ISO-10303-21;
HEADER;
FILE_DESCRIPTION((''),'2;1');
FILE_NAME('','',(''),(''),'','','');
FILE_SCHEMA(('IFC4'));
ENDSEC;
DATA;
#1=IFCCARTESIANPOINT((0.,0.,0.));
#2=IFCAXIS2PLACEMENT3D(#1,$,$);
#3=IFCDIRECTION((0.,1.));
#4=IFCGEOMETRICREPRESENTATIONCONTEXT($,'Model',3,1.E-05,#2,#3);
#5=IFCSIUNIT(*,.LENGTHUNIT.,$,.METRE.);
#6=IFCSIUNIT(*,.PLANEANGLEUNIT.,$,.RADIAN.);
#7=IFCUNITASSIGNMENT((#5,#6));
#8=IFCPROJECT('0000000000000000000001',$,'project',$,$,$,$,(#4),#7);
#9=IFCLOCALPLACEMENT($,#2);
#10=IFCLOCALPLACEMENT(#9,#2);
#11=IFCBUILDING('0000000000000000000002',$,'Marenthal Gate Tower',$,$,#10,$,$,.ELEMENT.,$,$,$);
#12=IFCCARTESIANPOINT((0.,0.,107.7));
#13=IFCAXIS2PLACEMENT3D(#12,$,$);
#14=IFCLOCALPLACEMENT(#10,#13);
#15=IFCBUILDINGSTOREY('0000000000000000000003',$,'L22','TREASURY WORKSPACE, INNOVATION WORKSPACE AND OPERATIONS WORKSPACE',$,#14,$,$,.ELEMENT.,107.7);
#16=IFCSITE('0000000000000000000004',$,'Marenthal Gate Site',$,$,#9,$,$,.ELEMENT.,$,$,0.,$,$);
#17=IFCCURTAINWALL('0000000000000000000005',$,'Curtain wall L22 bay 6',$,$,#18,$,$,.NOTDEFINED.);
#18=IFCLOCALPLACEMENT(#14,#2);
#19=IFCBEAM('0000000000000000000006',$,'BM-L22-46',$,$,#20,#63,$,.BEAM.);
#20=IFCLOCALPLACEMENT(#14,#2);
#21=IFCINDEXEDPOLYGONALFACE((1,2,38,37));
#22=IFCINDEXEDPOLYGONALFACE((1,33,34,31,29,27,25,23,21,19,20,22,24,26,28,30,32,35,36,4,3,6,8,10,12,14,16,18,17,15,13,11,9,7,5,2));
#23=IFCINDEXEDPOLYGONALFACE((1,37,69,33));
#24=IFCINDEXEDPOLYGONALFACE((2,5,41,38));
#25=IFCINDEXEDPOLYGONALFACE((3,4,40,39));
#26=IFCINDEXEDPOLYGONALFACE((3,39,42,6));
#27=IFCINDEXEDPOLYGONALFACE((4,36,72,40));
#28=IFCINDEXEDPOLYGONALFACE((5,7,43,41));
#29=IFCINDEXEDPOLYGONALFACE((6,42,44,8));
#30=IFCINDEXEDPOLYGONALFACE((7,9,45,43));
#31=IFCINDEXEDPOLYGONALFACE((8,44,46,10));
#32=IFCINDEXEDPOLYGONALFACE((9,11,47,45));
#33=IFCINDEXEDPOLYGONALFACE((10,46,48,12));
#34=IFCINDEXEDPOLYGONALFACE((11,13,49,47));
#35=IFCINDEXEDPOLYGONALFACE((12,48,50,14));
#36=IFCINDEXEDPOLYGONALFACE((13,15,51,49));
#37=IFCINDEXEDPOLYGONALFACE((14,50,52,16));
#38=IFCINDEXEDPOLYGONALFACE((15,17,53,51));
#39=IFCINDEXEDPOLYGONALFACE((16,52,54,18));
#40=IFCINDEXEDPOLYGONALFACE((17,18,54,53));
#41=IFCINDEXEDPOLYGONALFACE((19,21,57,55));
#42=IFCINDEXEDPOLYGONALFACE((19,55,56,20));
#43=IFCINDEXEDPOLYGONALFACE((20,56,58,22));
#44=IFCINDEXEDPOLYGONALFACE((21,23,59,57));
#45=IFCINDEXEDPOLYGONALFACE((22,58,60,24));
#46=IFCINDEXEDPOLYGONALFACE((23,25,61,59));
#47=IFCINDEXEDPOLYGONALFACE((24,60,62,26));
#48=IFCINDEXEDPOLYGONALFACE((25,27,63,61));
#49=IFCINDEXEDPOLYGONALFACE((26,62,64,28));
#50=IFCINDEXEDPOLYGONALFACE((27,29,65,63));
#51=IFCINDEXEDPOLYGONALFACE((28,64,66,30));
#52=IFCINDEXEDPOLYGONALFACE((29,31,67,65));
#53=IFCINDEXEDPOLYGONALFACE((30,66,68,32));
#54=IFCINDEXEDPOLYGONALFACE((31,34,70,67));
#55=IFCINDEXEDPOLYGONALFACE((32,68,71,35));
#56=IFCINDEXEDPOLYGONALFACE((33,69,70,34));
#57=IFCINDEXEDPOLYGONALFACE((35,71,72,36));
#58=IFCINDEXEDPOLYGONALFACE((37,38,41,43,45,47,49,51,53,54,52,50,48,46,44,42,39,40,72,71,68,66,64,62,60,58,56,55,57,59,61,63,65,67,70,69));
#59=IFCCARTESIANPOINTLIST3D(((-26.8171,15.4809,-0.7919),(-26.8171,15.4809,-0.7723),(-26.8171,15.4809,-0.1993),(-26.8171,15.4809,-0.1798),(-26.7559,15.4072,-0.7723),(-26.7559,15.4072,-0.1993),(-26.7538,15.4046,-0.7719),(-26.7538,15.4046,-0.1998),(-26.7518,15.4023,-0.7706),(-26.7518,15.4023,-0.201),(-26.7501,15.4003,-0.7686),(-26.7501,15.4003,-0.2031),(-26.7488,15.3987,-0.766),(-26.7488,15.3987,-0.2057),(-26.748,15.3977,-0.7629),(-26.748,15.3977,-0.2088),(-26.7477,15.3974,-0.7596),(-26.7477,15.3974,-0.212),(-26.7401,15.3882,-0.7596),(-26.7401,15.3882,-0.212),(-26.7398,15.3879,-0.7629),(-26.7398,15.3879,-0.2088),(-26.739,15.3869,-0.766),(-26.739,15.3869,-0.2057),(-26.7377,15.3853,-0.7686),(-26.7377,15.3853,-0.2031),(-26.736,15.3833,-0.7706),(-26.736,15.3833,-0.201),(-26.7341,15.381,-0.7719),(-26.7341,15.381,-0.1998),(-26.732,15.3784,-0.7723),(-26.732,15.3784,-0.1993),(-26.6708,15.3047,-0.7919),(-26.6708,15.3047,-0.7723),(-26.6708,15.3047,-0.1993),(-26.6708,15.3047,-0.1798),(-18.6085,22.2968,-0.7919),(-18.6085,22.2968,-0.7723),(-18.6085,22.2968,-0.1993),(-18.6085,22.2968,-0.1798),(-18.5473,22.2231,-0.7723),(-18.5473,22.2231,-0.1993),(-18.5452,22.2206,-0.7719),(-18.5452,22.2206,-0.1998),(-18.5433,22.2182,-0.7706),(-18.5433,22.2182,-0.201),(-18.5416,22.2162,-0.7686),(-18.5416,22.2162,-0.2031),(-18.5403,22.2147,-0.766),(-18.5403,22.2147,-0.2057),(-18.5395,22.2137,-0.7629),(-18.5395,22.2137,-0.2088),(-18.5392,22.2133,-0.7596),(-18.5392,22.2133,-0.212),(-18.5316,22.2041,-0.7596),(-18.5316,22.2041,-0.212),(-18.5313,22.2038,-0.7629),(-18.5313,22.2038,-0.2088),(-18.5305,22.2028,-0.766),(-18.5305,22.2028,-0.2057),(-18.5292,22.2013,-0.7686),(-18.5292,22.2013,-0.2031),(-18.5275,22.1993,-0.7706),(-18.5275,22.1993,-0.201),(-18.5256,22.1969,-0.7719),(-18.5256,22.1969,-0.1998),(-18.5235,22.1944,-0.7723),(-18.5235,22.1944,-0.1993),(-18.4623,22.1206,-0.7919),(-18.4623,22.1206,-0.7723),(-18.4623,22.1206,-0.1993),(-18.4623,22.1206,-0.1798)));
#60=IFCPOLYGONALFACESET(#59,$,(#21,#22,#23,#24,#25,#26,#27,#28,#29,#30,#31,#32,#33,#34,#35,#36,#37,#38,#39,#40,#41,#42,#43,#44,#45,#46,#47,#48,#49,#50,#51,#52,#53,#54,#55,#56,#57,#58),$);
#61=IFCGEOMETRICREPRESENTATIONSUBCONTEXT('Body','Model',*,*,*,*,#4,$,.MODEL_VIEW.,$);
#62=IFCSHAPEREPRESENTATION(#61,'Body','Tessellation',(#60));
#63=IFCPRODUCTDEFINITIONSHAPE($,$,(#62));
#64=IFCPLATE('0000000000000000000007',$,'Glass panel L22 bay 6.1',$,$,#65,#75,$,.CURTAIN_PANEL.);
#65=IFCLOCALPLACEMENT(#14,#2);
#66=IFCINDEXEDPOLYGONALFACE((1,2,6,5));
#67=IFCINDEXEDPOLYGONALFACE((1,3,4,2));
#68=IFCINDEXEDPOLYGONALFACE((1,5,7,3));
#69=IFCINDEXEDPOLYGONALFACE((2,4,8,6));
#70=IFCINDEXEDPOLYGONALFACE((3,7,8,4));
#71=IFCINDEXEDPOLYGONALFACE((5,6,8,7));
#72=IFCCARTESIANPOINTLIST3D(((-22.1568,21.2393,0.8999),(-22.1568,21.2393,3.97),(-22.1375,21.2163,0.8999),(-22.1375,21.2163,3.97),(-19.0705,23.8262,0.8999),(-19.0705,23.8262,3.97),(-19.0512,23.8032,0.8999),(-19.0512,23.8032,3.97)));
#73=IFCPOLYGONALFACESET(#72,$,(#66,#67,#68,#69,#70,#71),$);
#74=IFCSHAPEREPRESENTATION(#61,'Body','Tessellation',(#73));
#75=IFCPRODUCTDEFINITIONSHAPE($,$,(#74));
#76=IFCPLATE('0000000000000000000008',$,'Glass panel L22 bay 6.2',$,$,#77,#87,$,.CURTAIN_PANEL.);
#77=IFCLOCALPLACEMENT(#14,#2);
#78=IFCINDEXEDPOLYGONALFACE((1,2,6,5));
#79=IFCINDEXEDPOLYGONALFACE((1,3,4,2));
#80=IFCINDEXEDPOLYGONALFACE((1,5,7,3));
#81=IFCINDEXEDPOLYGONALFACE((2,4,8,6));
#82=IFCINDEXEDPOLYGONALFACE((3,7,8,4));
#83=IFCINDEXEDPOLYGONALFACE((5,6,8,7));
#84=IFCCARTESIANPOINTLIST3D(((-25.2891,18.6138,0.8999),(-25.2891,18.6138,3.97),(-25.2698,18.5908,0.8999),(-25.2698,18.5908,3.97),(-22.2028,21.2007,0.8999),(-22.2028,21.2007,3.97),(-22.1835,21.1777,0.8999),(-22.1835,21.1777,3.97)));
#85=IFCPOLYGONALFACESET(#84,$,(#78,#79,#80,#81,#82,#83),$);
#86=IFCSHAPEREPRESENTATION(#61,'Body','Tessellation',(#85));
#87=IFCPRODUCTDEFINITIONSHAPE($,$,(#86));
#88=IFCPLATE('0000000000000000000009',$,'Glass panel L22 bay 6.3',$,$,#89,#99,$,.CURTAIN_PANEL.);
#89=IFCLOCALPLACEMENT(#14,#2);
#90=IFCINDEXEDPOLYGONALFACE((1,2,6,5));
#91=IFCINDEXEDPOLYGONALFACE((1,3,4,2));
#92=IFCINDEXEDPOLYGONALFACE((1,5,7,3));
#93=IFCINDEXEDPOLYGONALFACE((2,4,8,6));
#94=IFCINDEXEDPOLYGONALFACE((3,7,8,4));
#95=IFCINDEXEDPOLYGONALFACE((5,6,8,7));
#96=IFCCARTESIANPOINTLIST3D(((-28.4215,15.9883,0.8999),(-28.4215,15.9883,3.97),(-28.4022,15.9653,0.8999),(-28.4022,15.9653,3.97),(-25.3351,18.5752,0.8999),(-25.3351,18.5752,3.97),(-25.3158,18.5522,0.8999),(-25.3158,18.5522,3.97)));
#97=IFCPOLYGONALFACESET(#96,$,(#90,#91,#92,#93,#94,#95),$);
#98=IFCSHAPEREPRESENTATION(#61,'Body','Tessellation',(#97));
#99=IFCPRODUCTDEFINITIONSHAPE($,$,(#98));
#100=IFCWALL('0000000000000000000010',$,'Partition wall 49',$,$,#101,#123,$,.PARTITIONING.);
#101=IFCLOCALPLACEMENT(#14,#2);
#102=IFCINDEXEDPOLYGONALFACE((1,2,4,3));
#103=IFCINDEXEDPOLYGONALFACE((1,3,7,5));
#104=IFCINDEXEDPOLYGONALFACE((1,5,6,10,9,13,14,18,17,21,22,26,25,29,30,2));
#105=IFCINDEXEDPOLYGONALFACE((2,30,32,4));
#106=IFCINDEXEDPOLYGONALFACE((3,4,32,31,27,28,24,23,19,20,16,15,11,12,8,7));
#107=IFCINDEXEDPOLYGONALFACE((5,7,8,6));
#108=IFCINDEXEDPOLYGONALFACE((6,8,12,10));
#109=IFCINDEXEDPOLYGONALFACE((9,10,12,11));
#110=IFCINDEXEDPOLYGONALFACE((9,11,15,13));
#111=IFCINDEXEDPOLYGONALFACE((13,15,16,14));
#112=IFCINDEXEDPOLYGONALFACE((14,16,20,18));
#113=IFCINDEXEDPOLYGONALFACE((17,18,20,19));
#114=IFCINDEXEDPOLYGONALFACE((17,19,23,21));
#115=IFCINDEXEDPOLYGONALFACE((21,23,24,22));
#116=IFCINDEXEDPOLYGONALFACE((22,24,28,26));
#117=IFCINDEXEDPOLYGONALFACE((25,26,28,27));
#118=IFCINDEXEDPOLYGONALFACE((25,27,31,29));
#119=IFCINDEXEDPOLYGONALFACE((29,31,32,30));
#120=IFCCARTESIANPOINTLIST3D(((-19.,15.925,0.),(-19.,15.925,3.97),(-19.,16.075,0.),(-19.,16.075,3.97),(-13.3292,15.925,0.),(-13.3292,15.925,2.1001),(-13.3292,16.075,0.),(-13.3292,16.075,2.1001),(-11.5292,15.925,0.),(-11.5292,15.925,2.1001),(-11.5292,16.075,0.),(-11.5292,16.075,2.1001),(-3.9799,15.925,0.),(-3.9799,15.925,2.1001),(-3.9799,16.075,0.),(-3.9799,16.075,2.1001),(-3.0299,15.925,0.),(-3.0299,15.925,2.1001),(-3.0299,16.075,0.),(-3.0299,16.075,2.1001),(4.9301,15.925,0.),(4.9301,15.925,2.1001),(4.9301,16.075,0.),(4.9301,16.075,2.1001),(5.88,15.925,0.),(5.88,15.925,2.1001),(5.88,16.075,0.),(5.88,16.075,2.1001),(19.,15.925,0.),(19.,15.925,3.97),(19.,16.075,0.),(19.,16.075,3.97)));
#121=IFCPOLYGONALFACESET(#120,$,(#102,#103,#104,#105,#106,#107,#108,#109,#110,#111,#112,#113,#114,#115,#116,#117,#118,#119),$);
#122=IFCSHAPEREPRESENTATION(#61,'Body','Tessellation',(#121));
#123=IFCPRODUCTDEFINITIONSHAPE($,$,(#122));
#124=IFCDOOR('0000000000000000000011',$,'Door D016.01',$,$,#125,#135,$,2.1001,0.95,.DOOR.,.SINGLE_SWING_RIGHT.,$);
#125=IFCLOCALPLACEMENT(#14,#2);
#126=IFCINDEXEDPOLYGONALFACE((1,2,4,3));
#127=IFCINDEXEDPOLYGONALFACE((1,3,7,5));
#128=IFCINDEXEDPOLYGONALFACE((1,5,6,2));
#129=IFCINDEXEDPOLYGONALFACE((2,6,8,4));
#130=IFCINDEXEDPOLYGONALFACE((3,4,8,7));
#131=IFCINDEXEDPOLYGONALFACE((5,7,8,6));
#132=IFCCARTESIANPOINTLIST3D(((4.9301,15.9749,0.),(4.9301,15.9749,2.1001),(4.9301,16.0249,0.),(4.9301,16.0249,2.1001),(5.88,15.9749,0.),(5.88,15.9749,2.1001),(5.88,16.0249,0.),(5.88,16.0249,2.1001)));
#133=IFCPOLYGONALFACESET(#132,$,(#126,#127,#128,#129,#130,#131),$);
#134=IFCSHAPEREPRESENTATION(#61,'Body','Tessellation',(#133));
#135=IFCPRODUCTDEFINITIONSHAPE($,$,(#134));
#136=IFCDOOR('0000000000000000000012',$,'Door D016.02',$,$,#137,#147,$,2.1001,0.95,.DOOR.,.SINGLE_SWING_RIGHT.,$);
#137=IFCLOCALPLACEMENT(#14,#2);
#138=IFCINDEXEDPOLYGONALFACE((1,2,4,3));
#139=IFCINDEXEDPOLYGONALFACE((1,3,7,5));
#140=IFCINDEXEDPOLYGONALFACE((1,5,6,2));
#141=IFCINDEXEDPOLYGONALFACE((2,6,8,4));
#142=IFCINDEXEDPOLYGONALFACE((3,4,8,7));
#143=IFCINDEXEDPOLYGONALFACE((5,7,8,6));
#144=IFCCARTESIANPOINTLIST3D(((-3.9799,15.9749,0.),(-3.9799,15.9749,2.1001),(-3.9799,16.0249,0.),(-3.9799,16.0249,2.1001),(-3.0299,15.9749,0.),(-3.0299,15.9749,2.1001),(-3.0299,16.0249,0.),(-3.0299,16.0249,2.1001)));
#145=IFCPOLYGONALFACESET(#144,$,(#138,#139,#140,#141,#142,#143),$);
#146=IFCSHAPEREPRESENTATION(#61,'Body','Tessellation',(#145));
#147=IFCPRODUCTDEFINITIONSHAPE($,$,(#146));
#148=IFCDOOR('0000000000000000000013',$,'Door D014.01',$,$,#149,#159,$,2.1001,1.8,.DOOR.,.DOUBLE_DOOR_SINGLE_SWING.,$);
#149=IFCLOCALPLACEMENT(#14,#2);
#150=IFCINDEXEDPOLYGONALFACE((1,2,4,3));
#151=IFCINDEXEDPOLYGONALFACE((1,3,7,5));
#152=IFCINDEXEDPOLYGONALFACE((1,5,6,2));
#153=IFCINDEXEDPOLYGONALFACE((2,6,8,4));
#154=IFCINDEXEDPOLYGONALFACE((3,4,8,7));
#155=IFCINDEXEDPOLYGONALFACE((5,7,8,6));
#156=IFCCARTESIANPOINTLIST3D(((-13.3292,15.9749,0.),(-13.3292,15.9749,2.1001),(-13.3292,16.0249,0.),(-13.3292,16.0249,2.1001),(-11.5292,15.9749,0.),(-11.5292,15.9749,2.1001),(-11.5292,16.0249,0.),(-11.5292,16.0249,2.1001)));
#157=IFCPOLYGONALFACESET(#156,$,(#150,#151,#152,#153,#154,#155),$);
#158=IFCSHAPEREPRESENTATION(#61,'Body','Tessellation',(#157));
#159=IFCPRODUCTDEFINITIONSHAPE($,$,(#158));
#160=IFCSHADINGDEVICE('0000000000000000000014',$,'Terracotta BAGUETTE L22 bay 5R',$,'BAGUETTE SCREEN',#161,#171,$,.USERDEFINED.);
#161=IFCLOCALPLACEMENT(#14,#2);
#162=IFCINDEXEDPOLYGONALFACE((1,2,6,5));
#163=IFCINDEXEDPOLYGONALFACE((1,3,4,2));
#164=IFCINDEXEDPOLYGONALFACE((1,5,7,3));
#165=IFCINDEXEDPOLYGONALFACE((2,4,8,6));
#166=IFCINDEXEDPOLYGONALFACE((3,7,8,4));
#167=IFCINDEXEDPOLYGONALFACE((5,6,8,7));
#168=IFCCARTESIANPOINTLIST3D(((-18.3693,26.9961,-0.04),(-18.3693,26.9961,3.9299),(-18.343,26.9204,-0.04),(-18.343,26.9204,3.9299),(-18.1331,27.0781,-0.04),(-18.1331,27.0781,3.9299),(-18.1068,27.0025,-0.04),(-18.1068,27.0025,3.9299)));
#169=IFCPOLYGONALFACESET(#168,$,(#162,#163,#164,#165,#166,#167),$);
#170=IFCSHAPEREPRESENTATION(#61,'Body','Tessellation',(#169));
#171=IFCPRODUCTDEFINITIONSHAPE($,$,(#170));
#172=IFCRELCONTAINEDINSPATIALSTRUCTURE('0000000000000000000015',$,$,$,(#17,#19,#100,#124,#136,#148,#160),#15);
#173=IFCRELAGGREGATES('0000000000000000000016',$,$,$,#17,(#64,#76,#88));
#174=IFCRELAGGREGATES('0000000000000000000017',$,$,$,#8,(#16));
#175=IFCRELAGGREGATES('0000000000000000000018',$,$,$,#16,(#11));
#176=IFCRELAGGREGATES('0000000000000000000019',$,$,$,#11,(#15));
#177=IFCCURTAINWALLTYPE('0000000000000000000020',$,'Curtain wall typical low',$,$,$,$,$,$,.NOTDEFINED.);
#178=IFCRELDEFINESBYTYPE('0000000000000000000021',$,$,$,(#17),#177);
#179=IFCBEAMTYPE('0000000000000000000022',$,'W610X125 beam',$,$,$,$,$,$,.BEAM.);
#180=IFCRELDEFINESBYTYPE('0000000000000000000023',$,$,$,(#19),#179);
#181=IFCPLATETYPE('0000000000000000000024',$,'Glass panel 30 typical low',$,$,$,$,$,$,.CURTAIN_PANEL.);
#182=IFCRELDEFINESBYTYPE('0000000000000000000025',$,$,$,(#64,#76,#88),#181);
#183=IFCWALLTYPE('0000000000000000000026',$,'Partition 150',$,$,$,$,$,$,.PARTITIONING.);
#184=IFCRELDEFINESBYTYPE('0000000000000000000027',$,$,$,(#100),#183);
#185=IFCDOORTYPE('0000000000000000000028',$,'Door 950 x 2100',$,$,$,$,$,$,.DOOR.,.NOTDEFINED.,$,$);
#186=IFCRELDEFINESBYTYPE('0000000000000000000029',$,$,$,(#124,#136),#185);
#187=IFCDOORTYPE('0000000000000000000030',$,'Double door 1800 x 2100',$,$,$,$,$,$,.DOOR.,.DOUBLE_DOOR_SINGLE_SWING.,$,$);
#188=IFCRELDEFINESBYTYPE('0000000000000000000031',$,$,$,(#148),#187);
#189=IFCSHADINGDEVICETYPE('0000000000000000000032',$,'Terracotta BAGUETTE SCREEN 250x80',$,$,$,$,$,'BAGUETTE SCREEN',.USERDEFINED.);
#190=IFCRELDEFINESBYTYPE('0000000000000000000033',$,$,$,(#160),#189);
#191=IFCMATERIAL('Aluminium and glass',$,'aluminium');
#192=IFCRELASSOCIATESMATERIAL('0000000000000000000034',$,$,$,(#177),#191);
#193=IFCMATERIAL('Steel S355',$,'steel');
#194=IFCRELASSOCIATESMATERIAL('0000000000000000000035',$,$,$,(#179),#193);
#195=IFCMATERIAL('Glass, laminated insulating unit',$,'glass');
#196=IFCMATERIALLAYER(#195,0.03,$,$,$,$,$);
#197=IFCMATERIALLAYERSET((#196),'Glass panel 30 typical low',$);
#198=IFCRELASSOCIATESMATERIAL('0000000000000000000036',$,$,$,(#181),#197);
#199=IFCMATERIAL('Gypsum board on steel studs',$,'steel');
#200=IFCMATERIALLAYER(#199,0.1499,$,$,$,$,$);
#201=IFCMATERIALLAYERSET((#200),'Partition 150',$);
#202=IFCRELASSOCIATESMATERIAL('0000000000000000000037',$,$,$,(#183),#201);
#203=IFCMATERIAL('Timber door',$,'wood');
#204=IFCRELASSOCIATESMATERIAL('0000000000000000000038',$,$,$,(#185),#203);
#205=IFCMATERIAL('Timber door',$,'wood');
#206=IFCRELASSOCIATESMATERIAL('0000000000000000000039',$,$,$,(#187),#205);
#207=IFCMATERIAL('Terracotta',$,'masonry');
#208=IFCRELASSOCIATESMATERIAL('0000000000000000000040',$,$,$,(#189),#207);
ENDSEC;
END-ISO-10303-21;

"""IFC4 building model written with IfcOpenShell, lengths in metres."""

from ifc_helpers import new_model, si_unit, direction, frame, frame_2d, origin, origin_2d, place, context, subcontext, project, spatial, rectangle, i_section, extrude, material, layer, layer_set, material_profile, profile_set, type_object, element, fill, aggregate, save


model = new_model("IFC4")

# Units and contexts
model_context = context("Model", 3, precision=1e-05, world=origin(), true_north=direction((0.0, 1.0)))
body_context = subcontext(model_context, "Body", "Model", "MODEL_VIEW")
ifc_project = project(units=[si_unit("LENGTHUNIT", "METRE"), si_unit("PLANEANGLEUNIT", "RADIAN")], contexts=[model_context])

# Site, building, storey
site_placement = place(None, origin())
site = spatial("IfcSite", under=ifc_project, at=site_placement, Name="Marenthal Gate Site", CompositionType="ELEMENT", RefElevation=0.0)
building_placement = place(site_placement, origin())
building = spatial("IfcBuilding", under=site, at=building_placement, Name="Marenthal Gate Tower", CompositionType="ELEMENT")
storey_placement = place(building_placement, frame((0.0, 0.0, 107.7)))
storey = spatial("IfcBuildingStorey", under=building, at=storey_placement, Name="L22", Description="TREASURY WORKSPACE, INNOVATION WORKSPACE AND OPERATIONS WORKSPACE", CompositionType="ELEMENT", Elevation=107.7)

# Curtain wall
ifc_material_1 = material(Name="Aluminium and glass", Category="aluminium")
curtain_wall_type = type_object("IfcCurtainWallType", Name="Curtain wall typical low", PredefinedType="NOTDEFINED", material=ifc_material_1)
curtain_wall_placement = place(storey_placement, origin())
curtain_wall = element("IfcCurtainWall", 1, at=curtain_wall_placement, inside=storey, type_object=curtain_wall_type, Name="Curtain wall L22 bay 6", PredefinedType="NOTDEFINED")

# Beam
ifc_material_2 = material(Name="Steel S355", Category="steel")
ifc_material_profile_1 = material_profile(ifc_material_2, i_section(OverallWidth=0.229, OverallDepth=0.6121, WebThickness=0.012, FlangeThickness=0.0195, FilletRadius=0.0127, at=origin_2d()), Name="W610X125")
ifc_profile_set_1 = profile_set([ifc_material_profile_1], Name="Steel S355")
beam_type_1 = type_object("IfcBeamType", Name="W610X125 beam", PredefinedType="BEAM", material=ifc_profile_set_1)
beam_1_placement = place(storey_placement, frame((-18.5354, 22.2087, -0.4858), z_axis=(-0.769349, -0.638828, 0.0), x_axis=(0.638828, -0.769349, 0.0)))
element("IfcBeam", 2, at=beam_1_placement, inside=storey, type_object=beam_type_1, Name="BM-L22-46", PredefinedType="BEAM", context=body_context, shape_type="SweptSolid", body=[
    extrude(i_section(OverallWidth=0.229, OverallDepth=0.6121, WebThickness=0.012, FlangeThickness=0.0195, FilletRadius=0.0127, at=origin_2d()), origin(), (0.0, 0.0, 1.0), 10.6694),
])

# Plates
ifc_material_3 = material(Name="Glass, laminated insulating unit", Category="glass")
ifc_layer_1 = layer(ifc_material_3, 0.03)
ifc_layer_set_1 = layer_set([ifc_layer_1], Name="Glass panel 30 typical low")
plate_type = type_object("IfcPlateType", Name="Glass panel 30 typical low", PredefinedType="CURTAIN_PANEL", material=ifc_layer_set_1)
plate_1_placement = place(storey_placement, frame((-20.604, 22.5212, 0.8999), z_axis=(0.0, 0.0, 1.0), x_axis=(-0.766389, -0.642377, 0.0)))
plate_1 = element("IfcPlate", 3, at=plate_1_placement, type_object=plate_type, Name="Glass panel L22 bay 6.1", PredefinedType="CURTAIN_PANEL", context=body_context, shape_type="SweptSolid", body=[
    extrude(rectangle(XDim=4.0271, YDim=0.03, at=origin_2d()), origin(), (0.0, 0.0, 1.0), 3.0701),
])
plate_2_placement = place(storey_placement, frame((-23.7363, 19.8958, 0.8999), z_axis=(0.0, 0.0, 1.0), x_axis=(-0.766389, -0.642377, 0.0)))
plate_2 = element("IfcPlate", 4, at=plate_2_placement, type_object=plate_type, Name="Glass panel L22 bay 6.2", PredefinedType="CURTAIN_PANEL", context=body_context, shape_type="SweptSolid", body=[
    extrude(rectangle(XDim=4.0271, YDim=0.03, at=origin_2d()), origin(), (0.0, 0.0, 1.0), 3.0701),
])
plate_3_placement = place(storey_placement, frame((-26.8687, 17.2703, 0.8999), z_axis=(0.0, 0.0, 1.0), x_axis=(-0.766389, -0.642377, 0.0)))
plate_3 = element("IfcPlate", 5, at=plate_3_placement, type_object=plate_type, Name="Glass panel L22 bay 6.3", PredefinedType="CURTAIN_PANEL", context=body_context, shape_type="SweptSolid", body=[
    extrude(rectangle(XDim=4.0271, YDim=0.03, at=origin_2d()), origin(), (0.0, 0.0, 1.0), 3.0701),
])
aggregate(curtain_wall, [plate_1, plate_2, plate_3])

# Wall, openings, doors
ifc_material_4 = material(Name="Gypsum board on steel studs", Category="steel")
ifc_layer_2 = layer(ifc_material_4, 0.1499)
ifc_layer_set_2 = layer_set([ifc_layer_2], Name="Partition 150")
wall_type_1 = type_object("IfcWallType", Name="Partition 150", PredefinedType="PARTITIONING", material=ifc_layer_set_2)
wall_1_placement = place(storey_placement, frame((-19.0, 16.0, 0.0), z_axis=(0.0, 0.0, 1.0), x_axis=(1.0, 0.0, 0.0)))
wall_1 = element("IfcWall", 6, at=wall_1_placement, inside=storey, type_object=wall_type_1, Name="Partition wall 49", PredefinedType="PARTITIONING", context=body_context, shape_type="SweptSolid", body=[
    extrude(rectangle(XDim=38.0, YDim=0.1499, at=frame_2d((19.0, 0.0))), origin(), (0.0, 0.0, 1.0), 3.97),
])
opening_1_placement = place(wall_1_placement, frame((23.9299, 0.0, 0.0)))
opening_1 = element("IfcOpeningElement", 7, at=opening_1_placement, cuts=wall_1, PredefinedType="OPENING", context=body_context, shape_type="SweptSolid", body=[
    extrude(rectangle(XDim=0.95, YDim=2.1001, at=frame_2d((0.4751, 1.05))), frame((0.0, 0.085, 0.0), z_axis=(0.0, -1.0, 0.0), x_axis=(1.0, 0.0, 0.0)), (0.0, 0.0, 1.0), 0.1699),
])
opening_2_placement = place(wall_1_placement, frame((15.02, 0.0, 0.0)))
opening_2 = element("IfcOpeningElement", 8, at=opening_2_placement, cuts=wall_1, PredefinedType="OPENING", context=body_context, shape_type="SweptSolid", body=[
    extrude(rectangle(XDim=0.95, YDim=2.1001, at=frame_2d((0.4751, 1.05))), frame((0.0, 0.085, 0.0), z_axis=(0.0, -1.0, 0.0), x_axis=(1.0, 0.0, 0.0)), (0.0, 0.0, 1.0), 0.1699),
])
opening_3_placement = place(wall_1_placement, frame((5.6709, 0.0, 0.0)))
opening_3 = element("IfcOpeningElement", 9, at=opening_3_placement, cuts=wall_1, PredefinedType="OPENING", context=body_context, shape_type="SweptSolid", body=[
    extrude(rectangle(XDim=1.8, YDim=2.1001, at=frame_2d((0.8999, 1.05))), frame((0.0, 0.085, 0.0), z_axis=(0.0, -1.0, 0.0), x_axis=(1.0, 0.0, 0.0)), (0.0, 0.0, 1.0), 0.1699),
])
ifc_material_5 = material(Name="Timber door", Category="wood")
door_type_1 = type_object("IfcDoorType", Name="Door 950 x 2100", OperationType="NOTDEFINED", PredefinedType="DOOR", material=ifc_material_5)
door_1_placement = place(opening_1_placement, origin())
door_1 = element("IfcDoor", 10, at=door_1_placement, inside=storey, type_object=door_type_1, Name="Door D016.01", OperationType="SINGLE_SWING_RIGHT", OverallHeight=2.1001, OverallWidth=0.95, PredefinedType="DOOR", context=body_context, shape_type="SweptSolid", body=[
    extrude(rectangle(XDim=0.95, YDim=2.1001, at=frame_2d((0.4751, 1.05))), frame((0.0, 0.0249, 0.0), z_axis=(0.0, -1.0, 0.0), x_axis=(1.0, 0.0, 0.0)), (0.0, 0.0, 1.0), 0.05),
])
fill(opening_1, door_1)
door_2_placement = place(opening_2_placement, origin())
door_2 = element("IfcDoor", 11, at=door_2_placement, inside=storey, type_object=door_type_1, Name="Door D016.02", OperationType="SINGLE_SWING_RIGHT", OverallHeight=2.1001, OverallWidth=0.95, PredefinedType="DOOR", context=body_context, shape_type="SweptSolid", body=[
    extrude(rectangle(XDim=0.95, YDim=2.1001, at=frame_2d((0.4751, 1.05))), frame((0.0, 0.0249, 0.0), z_axis=(0.0, -1.0, 0.0), x_axis=(1.0, 0.0, 0.0)), (0.0, 0.0, 1.0), 0.05),
])
fill(opening_2, door_2)
ifc_material_6 = material(Name="Timber door", Category="wood")
door_type_2 = type_object("IfcDoorType", Name="Double door 1800 x 2100", OperationType="DOUBLE_DOOR_SINGLE_SWING", PredefinedType="DOOR", material=ifc_material_6)
door_3_placement = place(opening_3_placement, origin())
door_3 = element("IfcDoor", 12, at=door_3_placement, inside=storey, type_object=door_type_2, Name="Door D014.01", OperationType="DOUBLE_DOOR_SINGLE_SWING", OverallHeight=2.1001, OverallWidth=1.8, PredefinedType="DOOR", context=body_context, shape_type="SweptSolid", body=[
    extrude(rectangle(XDim=1.8, YDim=2.1001, at=frame_2d((0.8999, 1.05))), frame((0.0, 0.0249, 0.0), z_axis=(0.0, -1.0, 0.0), x_axis=(1.0, 0.0, 0.0)), (0.0, 0.0, 1.0), 0.05),
])
fill(opening_3, door_3)

# Shading device
ifc_material_7 = material(Name="Terracotta", Category="masonry")
ifc_material_profile_2 = material_profile(ifc_material_7, rectangle(XDim=0.25, YDim=0.0801, at=origin_2d()), Name="Terracotta baguette 250x80")
ifc_profile_set_2 = profile_set([ifc_material_profile_2], Name="Terracotta")
shading_device_type = type_object("IfcShadingDeviceType", Name="Terracotta BAGUETTE SCREEN 250x80", ElementType="BAGUETTE SCREEN", PredefinedType="USERDEFINED", material=ifc_profile_set_2)
shading_device_placement = place(storey_placement, frame((-18.238, 26.9993, -0.04), z_axis=(0.0, 0.0, 1.0), x_axis=(-0.944597, -0.328231, 0.0)))
element("IfcShadingDevice", 13, at=shading_device_placement, inside=storey, type_object=shading_device_type, Name="Terracotta BAGUETTE L22 bay 5R", ObjectType="BAGUETTE SCREEN", PredefinedType="USERDEFINED", context=body_context, shape_type="SweptSolid", body=[
    extrude(rectangle(XDim=0.25, YDim=0.0801, at=origin_2d()), origin(), (0.0, 0.0, 1.0), 3.97),
])

save(model, "model.ifc")
